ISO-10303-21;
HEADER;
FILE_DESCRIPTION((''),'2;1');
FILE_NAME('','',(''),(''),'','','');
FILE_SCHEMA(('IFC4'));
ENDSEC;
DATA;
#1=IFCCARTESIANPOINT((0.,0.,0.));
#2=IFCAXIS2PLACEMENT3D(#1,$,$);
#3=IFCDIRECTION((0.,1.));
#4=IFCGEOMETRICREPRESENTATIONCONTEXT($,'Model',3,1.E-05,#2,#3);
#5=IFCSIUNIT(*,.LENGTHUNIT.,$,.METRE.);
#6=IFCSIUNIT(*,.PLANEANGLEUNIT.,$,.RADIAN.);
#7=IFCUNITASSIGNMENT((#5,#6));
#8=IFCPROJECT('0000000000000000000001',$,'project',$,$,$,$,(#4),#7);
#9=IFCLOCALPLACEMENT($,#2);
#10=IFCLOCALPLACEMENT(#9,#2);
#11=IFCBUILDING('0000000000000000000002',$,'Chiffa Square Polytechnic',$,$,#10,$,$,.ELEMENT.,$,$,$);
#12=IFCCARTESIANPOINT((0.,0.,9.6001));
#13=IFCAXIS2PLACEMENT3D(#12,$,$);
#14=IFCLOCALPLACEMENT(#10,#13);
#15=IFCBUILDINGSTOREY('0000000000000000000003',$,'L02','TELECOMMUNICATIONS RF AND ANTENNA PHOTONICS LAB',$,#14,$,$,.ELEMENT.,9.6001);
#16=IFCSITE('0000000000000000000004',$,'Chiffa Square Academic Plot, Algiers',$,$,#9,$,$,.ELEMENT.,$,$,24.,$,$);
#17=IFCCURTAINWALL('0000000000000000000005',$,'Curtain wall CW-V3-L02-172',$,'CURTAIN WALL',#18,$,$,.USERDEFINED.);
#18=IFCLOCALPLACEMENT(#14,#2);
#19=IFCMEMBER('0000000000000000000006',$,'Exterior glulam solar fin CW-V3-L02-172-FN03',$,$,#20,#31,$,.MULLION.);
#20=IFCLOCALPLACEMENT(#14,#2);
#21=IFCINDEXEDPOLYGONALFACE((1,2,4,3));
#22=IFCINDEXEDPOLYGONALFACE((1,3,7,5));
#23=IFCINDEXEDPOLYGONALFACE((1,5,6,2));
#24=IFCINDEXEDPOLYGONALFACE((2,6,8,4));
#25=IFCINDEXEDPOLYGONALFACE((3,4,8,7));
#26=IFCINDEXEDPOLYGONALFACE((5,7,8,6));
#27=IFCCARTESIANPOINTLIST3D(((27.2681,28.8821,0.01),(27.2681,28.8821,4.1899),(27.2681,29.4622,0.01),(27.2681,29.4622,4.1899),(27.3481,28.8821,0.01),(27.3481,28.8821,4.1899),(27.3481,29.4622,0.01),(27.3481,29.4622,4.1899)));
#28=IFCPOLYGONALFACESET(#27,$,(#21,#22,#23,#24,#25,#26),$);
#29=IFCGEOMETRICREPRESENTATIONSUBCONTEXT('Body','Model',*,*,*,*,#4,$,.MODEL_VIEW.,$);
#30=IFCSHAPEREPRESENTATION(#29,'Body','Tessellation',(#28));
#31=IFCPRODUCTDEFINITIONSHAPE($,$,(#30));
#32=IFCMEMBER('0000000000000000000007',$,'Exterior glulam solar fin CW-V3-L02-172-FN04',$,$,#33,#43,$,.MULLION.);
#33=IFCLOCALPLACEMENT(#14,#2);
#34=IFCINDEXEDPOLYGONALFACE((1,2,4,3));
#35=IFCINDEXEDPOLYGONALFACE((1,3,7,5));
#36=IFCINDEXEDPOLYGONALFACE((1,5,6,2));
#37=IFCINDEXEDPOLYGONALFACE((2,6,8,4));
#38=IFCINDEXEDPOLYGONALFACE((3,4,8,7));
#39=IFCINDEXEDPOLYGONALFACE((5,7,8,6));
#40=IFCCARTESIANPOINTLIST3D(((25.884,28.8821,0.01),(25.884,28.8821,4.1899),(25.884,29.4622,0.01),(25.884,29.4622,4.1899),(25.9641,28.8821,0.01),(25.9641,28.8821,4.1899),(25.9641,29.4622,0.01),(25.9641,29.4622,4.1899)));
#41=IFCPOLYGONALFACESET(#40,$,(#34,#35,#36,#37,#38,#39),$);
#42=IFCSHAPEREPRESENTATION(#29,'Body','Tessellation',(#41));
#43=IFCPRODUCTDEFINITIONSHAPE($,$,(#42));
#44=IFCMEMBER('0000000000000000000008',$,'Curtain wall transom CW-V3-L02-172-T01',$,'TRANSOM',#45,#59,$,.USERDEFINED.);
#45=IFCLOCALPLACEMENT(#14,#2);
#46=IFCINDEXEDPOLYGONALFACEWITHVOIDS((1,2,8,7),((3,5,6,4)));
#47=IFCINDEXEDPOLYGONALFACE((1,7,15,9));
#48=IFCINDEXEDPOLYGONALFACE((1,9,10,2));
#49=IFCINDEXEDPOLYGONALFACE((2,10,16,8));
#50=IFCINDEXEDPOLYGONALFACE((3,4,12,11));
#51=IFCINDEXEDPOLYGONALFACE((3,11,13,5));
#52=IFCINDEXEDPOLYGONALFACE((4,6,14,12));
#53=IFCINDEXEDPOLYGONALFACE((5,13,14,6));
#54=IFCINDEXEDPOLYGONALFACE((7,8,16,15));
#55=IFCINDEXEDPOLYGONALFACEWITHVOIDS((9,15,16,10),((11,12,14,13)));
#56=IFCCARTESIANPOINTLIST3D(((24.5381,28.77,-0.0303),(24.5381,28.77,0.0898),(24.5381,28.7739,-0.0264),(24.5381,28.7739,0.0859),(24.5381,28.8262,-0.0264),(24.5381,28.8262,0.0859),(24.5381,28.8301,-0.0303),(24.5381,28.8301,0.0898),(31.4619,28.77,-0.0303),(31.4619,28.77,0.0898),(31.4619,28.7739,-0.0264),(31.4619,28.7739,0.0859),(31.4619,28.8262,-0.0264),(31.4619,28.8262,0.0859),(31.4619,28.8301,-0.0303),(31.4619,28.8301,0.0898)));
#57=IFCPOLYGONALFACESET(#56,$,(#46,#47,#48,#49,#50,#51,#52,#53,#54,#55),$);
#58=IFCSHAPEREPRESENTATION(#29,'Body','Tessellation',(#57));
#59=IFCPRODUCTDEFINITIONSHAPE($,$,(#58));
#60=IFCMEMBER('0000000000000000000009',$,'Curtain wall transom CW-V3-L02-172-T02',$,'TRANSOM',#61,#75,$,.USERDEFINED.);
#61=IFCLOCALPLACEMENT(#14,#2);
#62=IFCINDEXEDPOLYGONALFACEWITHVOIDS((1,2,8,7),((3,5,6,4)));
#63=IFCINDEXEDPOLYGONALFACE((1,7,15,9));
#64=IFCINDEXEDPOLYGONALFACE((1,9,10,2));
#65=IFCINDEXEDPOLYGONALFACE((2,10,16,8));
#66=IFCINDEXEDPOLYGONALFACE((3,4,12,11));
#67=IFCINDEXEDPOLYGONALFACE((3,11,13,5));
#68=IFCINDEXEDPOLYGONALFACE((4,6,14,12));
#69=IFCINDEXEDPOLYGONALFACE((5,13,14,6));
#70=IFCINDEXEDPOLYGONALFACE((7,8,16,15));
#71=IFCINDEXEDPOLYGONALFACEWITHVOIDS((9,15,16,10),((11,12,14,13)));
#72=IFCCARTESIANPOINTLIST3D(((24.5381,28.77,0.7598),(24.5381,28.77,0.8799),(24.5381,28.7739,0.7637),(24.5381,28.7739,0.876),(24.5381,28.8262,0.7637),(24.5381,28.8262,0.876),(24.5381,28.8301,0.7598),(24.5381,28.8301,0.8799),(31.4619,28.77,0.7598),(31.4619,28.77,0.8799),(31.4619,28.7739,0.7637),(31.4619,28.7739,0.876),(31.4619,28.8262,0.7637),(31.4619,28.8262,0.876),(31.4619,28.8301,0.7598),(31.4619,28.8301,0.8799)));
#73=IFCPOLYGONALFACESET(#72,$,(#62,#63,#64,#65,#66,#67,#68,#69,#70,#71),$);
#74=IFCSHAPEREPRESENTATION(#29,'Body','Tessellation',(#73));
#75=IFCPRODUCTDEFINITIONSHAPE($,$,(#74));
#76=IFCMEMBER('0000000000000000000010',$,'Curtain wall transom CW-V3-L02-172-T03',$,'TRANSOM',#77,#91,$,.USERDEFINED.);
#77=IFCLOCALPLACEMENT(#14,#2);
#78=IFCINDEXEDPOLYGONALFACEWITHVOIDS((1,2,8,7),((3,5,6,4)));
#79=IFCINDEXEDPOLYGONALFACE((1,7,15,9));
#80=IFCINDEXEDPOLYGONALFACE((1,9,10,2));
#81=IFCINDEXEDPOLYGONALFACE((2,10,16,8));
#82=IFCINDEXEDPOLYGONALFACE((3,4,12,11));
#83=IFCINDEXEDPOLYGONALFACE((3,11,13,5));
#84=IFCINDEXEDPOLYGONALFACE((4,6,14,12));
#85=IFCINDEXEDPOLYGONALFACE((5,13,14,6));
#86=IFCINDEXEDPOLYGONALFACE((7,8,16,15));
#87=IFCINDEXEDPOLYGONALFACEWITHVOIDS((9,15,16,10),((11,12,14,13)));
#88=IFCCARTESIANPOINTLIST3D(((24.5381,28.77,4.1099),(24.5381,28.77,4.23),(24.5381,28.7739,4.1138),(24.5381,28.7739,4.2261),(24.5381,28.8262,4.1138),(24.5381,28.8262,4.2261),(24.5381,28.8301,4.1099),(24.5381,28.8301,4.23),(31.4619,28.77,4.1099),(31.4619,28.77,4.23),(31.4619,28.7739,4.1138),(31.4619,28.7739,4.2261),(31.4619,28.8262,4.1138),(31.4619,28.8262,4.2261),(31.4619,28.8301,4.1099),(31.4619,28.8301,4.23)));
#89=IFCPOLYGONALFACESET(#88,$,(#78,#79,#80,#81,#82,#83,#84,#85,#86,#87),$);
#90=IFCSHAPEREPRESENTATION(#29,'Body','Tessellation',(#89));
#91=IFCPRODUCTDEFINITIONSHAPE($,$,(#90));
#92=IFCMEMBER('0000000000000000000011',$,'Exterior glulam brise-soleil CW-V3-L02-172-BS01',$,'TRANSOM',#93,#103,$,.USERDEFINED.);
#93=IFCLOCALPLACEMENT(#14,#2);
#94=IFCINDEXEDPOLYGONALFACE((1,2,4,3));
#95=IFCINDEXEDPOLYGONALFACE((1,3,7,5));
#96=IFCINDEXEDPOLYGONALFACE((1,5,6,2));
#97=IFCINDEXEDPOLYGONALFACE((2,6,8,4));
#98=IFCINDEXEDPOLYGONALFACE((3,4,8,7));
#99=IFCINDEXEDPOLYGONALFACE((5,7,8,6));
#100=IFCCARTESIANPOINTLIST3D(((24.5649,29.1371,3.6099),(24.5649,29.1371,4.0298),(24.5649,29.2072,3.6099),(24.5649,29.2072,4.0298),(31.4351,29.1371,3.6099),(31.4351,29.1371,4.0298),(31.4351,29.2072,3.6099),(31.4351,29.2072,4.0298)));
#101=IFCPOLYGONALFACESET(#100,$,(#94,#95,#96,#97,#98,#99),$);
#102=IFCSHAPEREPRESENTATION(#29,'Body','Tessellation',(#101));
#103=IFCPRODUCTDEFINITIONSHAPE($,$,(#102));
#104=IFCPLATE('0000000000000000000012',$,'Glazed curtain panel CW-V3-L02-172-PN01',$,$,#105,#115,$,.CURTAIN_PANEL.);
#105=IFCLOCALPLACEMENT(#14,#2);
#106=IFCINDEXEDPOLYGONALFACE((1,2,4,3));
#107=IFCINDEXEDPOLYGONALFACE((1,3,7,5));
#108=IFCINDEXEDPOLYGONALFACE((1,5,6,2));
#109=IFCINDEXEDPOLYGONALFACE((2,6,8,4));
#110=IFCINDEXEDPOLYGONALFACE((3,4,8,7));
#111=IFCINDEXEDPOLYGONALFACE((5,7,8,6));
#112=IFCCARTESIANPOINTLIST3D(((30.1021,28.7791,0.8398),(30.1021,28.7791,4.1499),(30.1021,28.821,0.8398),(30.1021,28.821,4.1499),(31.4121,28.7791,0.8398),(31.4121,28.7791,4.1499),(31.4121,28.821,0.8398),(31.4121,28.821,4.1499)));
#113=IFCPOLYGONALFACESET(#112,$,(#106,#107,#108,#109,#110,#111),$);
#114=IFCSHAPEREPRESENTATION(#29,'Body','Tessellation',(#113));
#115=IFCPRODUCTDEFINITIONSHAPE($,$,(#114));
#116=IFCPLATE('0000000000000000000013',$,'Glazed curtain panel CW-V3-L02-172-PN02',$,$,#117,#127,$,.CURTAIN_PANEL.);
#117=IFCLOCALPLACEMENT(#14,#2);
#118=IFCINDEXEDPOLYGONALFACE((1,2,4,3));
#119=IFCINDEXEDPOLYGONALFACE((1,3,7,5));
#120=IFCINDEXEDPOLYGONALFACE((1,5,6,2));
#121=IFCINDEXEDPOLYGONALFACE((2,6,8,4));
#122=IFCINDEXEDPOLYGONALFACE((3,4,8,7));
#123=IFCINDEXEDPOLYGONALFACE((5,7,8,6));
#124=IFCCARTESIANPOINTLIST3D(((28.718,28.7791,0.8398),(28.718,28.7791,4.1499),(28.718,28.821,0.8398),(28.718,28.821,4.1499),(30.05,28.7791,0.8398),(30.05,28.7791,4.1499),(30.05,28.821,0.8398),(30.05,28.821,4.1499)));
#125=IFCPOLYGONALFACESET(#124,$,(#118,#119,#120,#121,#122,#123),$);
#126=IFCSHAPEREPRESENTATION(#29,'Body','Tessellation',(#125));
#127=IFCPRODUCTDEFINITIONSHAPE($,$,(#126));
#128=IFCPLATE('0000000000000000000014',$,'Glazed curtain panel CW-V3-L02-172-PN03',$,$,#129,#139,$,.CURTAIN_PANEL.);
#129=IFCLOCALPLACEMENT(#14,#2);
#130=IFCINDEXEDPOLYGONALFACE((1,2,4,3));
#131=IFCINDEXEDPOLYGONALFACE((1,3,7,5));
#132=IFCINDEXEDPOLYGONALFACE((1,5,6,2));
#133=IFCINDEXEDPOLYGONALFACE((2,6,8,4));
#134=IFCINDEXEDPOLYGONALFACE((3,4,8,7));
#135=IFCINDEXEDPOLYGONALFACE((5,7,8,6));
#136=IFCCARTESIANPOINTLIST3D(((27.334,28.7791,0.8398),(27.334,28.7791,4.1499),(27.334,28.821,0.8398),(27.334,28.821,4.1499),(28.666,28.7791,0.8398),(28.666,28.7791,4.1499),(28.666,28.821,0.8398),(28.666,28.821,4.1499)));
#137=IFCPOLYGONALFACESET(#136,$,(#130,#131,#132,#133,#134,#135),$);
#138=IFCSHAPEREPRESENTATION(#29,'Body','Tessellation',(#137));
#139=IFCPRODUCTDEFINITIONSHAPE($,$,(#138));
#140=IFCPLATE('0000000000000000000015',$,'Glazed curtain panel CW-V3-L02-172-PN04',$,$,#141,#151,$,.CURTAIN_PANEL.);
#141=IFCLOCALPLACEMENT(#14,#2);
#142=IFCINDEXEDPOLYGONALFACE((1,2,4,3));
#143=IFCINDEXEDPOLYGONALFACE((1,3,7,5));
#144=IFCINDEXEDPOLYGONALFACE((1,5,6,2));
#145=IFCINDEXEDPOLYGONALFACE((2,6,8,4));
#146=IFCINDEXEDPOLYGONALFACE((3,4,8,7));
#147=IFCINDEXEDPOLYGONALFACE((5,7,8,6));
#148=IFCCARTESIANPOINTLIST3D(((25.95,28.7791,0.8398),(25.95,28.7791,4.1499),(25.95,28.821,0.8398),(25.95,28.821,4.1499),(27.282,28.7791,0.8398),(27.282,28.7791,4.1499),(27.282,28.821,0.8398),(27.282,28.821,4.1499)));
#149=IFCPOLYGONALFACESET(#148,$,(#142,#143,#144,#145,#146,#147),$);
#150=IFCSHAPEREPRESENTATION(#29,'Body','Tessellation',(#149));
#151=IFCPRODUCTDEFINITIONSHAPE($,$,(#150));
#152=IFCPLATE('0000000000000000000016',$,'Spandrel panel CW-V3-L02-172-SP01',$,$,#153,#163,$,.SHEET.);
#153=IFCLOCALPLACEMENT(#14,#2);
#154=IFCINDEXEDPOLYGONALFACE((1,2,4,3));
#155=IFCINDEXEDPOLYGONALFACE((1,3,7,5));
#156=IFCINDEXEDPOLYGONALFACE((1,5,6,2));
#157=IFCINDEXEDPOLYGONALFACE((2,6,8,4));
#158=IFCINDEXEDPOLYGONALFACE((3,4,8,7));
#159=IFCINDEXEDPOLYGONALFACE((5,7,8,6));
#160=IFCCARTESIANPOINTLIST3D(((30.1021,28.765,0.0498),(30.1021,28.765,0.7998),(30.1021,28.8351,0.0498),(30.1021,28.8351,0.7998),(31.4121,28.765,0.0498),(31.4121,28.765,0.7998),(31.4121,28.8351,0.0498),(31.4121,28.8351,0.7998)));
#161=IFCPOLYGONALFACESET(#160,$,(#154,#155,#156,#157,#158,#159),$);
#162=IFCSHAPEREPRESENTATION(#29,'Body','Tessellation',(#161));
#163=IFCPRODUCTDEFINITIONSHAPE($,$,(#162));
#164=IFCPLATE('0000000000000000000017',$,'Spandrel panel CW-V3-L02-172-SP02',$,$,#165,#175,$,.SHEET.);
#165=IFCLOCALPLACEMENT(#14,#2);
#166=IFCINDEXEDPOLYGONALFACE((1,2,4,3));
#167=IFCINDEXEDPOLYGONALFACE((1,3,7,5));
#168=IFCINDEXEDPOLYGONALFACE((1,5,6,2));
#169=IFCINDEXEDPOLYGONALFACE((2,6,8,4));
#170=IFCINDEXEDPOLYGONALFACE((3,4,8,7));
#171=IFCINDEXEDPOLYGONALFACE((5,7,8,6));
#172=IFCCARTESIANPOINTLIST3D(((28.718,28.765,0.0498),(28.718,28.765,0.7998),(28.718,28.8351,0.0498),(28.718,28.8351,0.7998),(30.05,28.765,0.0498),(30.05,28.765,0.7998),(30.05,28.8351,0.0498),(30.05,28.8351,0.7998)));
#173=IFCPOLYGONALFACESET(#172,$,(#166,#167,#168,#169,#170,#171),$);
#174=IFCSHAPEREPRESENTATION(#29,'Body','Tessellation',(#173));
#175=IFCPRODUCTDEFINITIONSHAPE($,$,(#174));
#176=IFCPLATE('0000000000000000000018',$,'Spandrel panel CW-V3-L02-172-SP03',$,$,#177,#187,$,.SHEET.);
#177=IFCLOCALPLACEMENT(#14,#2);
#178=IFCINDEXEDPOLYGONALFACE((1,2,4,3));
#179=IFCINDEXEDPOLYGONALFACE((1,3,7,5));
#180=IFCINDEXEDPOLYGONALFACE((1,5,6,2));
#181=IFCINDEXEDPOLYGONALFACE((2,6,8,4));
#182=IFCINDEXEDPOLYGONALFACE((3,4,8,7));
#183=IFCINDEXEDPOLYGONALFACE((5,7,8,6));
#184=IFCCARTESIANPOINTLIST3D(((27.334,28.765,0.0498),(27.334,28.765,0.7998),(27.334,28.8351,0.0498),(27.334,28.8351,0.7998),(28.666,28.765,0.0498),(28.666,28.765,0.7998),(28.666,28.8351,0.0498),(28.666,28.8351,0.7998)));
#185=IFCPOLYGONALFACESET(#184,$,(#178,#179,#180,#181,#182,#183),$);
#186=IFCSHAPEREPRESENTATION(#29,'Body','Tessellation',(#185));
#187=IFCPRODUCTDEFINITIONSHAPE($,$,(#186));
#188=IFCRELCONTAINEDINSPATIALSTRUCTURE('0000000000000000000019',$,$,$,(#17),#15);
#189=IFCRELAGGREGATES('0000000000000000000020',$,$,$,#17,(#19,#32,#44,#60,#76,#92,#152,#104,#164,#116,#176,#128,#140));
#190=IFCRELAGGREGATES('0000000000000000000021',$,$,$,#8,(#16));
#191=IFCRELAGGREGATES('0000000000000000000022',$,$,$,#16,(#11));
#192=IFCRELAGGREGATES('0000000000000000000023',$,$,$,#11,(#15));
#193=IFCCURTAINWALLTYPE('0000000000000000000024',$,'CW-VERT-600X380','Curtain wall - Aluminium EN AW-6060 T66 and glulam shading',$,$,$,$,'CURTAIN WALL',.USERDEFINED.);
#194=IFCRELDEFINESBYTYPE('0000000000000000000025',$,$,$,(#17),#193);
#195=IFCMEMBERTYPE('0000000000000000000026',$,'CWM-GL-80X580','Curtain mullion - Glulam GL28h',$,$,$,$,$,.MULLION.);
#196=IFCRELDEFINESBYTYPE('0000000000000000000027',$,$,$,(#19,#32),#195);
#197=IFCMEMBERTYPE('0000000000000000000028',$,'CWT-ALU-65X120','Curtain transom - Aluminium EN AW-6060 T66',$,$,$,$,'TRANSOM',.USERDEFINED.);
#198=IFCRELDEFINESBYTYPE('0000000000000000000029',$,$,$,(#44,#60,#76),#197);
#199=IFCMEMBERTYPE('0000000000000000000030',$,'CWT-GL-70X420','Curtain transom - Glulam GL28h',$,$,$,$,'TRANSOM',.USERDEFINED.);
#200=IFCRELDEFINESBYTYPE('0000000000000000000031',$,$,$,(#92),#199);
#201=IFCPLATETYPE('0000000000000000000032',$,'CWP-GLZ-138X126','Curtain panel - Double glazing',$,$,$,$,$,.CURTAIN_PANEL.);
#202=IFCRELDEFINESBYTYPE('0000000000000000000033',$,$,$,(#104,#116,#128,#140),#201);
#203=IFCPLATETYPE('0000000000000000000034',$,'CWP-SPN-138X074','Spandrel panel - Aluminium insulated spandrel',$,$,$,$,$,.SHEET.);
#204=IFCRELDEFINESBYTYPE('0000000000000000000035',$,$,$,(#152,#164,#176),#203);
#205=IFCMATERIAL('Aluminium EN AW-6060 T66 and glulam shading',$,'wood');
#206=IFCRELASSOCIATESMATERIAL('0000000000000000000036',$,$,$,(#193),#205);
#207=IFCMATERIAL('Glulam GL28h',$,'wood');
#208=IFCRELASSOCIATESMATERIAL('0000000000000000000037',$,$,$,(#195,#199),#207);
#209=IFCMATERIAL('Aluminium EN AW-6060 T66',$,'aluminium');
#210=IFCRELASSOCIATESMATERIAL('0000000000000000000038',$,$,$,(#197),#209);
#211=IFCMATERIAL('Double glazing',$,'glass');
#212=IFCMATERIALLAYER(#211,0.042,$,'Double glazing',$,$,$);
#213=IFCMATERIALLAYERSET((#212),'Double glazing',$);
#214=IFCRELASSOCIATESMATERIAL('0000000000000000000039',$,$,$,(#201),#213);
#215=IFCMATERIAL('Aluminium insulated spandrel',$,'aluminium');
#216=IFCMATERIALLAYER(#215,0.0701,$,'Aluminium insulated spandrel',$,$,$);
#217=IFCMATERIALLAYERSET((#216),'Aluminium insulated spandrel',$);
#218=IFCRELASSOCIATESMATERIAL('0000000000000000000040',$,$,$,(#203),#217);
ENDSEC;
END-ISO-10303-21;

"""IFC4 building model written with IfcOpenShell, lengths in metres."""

from ifc_helpers import new_model, si_unit, direction, frame, origin, origin_2d, place, context, subcontext, project, spatial, rectangle, hollow_rectangle, extrude, material, layer, layer_set, material_profile, profile_set, type_object, element, aggregate, save


model = new_model("IFC4")

# Units and contexts
model_context = context("Model", 3, precision=1e-05, world=origin(), true_north=direction((0.0, 1.0)))
body_context = subcontext(model_context, "Body", "Model", "MODEL_VIEW")
ifc_project = project(units=[si_unit("LENGTHUNIT", "METRE"), si_unit("PLANEANGLEUNIT", "RADIAN")], contexts=[model_context])

# Site, building, storey
site_placement = place(None, origin())
site = spatial("IfcSite", under=ifc_project, at=site_placement, Name="Chiffa Square Academic Plot, Algiers", CompositionType="ELEMENT", RefElevation=24.0)
building_placement = place(site_placement, origin())
building = spatial("IfcBuilding", under=site, at=building_placement, Name="Chiffa Square Polytechnic", CompositionType="ELEMENT")
storey_placement = place(building_placement, frame((0.0, 0.0, 9.6001)))
storey = spatial("IfcBuildingStorey", under=building, at=storey_placement, Name="L02", Description="TELECOMMUNICATIONS RF AND ANTENNA PHOTONICS LAB", CompositionType="ELEMENT", Elevation=9.6001)

# Curtain wall, members, plates
ifc_material_1 = material(Name="Aluminium EN AW-6060 T66 and glulam shading", Category="wood")
curtain_wall_type = type_object("IfcCurtainWallType", Name="CW-VERT-600X380", Description="Curtain wall - Aluminium EN AW-6060 T66 and glulam shading", ElementType="CURTAIN WALL", PredefinedType="USERDEFINED", material=ifc_material_1)
curtain_wall_placement = place(storey_placement, origin())
curtain_wall = element("IfcCurtainWall", 1, at=curtain_wall_placement, inside=storey, type_object=curtain_wall_type, Name="Curtain wall CW-V3-L02-172", ObjectType="CURTAIN WALL", PredefinedType="USERDEFINED")
ifc_material_2 = material(Name="Aluminium EN AW-6060 T66", Category="aluminium")
ifc_material_3 = material(Name="Glulam GL28h", Category="wood")
ifc_material_profile_1 = material_profile(ifc_material_3, rectangle(XDim=0.0801, YDim=0.5801, at=origin_2d()), Name="GL28h 80x580")
ifc_profile_set_1 = profile_set([ifc_material_profile_1], Name="Glulam GL28h")
member_type_1 = type_object("IfcMemberType", Name="CWM-GL-80X580", Description="Curtain mullion - Glulam GL28h", PredefinedType="MULLION", material=ifc_profile_set_1)
member_1_placement = place(storey_placement, frame((27.3081, 29.1721, 0.01), z_axis=(0.0, 0.0, 1.0), x_axis=(-1.0, 0.0, 0.0)))
member_1 = element("IfcMember", 2, at=member_1_placement, type_object=member_type_1, Name="Exterior glulam solar fin CW-V3-L02-172-FN03", PredefinedType="MULLION", context=body_context, shape_type="SweptSolid", body=[
    extrude(rectangle(XDim=0.0801, YDim=0.5801, at=origin_2d()), origin(), (0.0, 0.0, 1.0), 4.1799),
])
member_2_placement = place(storey_placement, frame((25.9241, 29.1721, 0.01), z_axis=(0.0, 0.0, 1.0), x_axis=(-1.0, 0.0, 0.0)))
member_2 = element("IfcMember", 3, at=member_2_placement, type_object=member_type_1, Name="Exterior glulam solar fin CW-V3-L02-172-FN04", PredefinedType="MULLION", context=body_context, shape_type="SweptSolid", body=[
    extrude(rectangle(XDim=0.0801, YDim=0.5801, at=origin_2d()), origin(), (0.0, 0.0, 1.0), 4.1799),
])
ifc_material_profile_2 = material_profile(ifc_material_2, hollow_rectangle(XDim=0.0601, YDim=0.1201, WallThickness=0.0039, at=origin_2d()), Name="ALU 60x120x4")
ifc_profile_set_2 = profile_set([ifc_material_profile_2], Name="Aluminium EN AW-6060 T66")
member_type_2 = type_object("IfcMemberType", Name="CWT-ALU-65X120", Description="Curtain transom - Aluminium EN AW-6060 T66", ElementType="TRANSOM", PredefinedType="USERDEFINED", material=ifc_profile_set_2)
member_3_placement = place(storey_placement, frame((31.4619, 28.8, 0.0298), z_axis=(-1.0, 0.0, 0.0), x_axis=(0.0, -1.0, 0.0)))
member_3 = element("IfcMember", 4, at=member_3_placement, type_object=member_type_2, Name="Curtain wall transom CW-V3-L02-172-T01", ObjectType="TRANSOM", PredefinedType="USERDEFINED", context=body_context, shape_type="SweptSolid", body=[
    extrude(hollow_rectangle(XDim=0.0601, YDim=0.1201, WallThickness=0.0039, at=origin_2d()), origin(), (0.0, 0.0, 1.0), 6.9238),
])
member_4_placement = place(storey_placement, frame((31.4619, 28.8, 0.8198), z_axis=(-1.0, 0.0, 0.0), x_axis=(0.0, -1.0, 0.0)))
member_4 = element("IfcMember", 5, at=member_4_placement, type_object=member_type_2, Name="Curtain wall transom CW-V3-L02-172-T02", ObjectType="TRANSOM", PredefinedType="USERDEFINED", context=body_context, shape_type="SweptSolid", body=[
    extrude(hollow_rectangle(XDim=0.0601, YDim=0.1201, WallThickness=0.0039, at=origin_2d()), origin(), (0.0, 0.0, 1.0), 6.9238),
])
member_5_placement = place(storey_placement, frame((31.4619, 28.8, 4.1699), z_axis=(-1.0, 0.0, 0.0), x_axis=(0.0, -1.0, 0.0)))
member_5 = element("IfcMember", 6, at=member_5_placement, type_object=member_type_2, Name="Curtain wall transom CW-V3-L02-172-T03", ObjectType="TRANSOM", PredefinedType="USERDEFINED", context=body_context, shape_type="SweptSolid", body=[
    extrude(hollow_rectangle(XDim=0.0601, YDim=0.1201, WallThickness=0.0039, at=origin_2d()), origin(), (0.0, 0.0, 1.0), 6.9238),
])
ifc_material_profile_3 = material_profile(ifc_material_3, rectangle(XDim=0.0701, YDim=0.4199, at=origin_2d()), Name="GL28h 70x420")
ifc_profile_set_3 = profile_set([ifc_material_profile_3], Name="Glulam GL28h")
member_type_3 = type_object("IfcMemberType", Name="CWT-GL-70X420", Description="Curtain transom - Glulam GL28h", ElementType="TRANSOM", PredefinedType="USERDEFINED", material=ifc_profile_set_3)
member_6_placement = place(storey_placement, frame((31.4351, 29.1721, 3.8198), z_axis=(-1.0, 0.0, 0.0), x_axis=(0.0, -1.0, 0.0)))
member_6 = element("IfcMember", 7, at=member_6_placement, type_object=member_type_3, Name="Exterior glulam brise-soleil CW-V3-L02-172-BS01", ObjectType="TRANSOM", PredefinedType="USERDEFINED", context=body_context, shape_type="SweptSolid", body=[
    extrude(rectangle(XDim=0.0701, YDim=0.4199, at=origin_2d()), origin(), (0.0, 0.0, 1.0), 6.8701),
])
ifc_material_4 = material(Name="Double glazing", Category="glass")
ifc_layer_1 = layer(ifc_material_4, 0.042, Name="Double glazing")
ifc_layer_set_1 = layer_set([ifc_layer_1], Name="Double glazing")
plate_type_1 = type_object("IfcPlateType", Name="CWP-GLZ-138X126", Description="Curtain panel - Double glazing", PredefinedType="CURTAIN_PANEL", material=ifc_layer_set_1)
plate_1_placement = place(storey_placement, frame((30.7571, 28.8, 0.8398), z_axis=(0.0, 0.0, 1.0), x_axis=(-1.0, 0.0, 0.0)))
plate_1 = element("IfcPlate", 8, at=plate_1_placement, type_object=plate_type_1, Name="Glazed curtain panel CW-V3-L02-172-PN01", PredefinedType="CURTAIN_PANEL", context=body_context, shape_type="SweptSolid", body=[
    extrude(rectangle(XDim=1.3101, YDim=0.042, at=origin_2d()), origin(), (0.0, 0.0, 1.0), 3.3101),
])
plate_2_placement = place(storey_placement, frame((29.384, 28.8, 0.8398), z_axis=(0.0, 0.0, 1.0), x_axis=(-1.0, 0.0, 0.0)))
plate_2 = element("IfcPlate", 9, at=plate_2_placement, type_object=plate_type_1, Name="Glazed curtain panel CW-V3-L02-172-PN02", PredefinedType="CURTAIN_PANEL", context=body_context, shape_type="SweptSolid", body=[
    extrude(rectangle(XDim=1.332, YDim=0.042, at=origin_2d()), origin(), (0.0, 0.0, 1.0), 3.3101),
])
plate_3_placement = place(storey_placement, frame((28.0, 28.8, 0.8398), z_axis=(0.0, 0.0, 1.0), x_axis=(-1.0, 0.0, 0.0)))
plate_3 = element("IfcPlate", 10, at=plate_3_placement, type_object=plate_type_1, Name="Glazed curtain panel CW-V3-L02-172-PN03", PredefinedType="CURTAIN_PANEL", context=body_context, shape_type="SweptSolid", body=[
    extrude(rectangle(XDim=1.332, YDim=0.042, at=origin_2d()), origin(), (0.0, 0.0, 1.0), 3.3101),
])
plate_4_placement = place(storey_placement, frame((26.616, 28.8, 0.8398), z_axis=(0.0, 0.0, 1.0), x_axis=(-1.0, 0.0, 0.0)))
plate_4 = element("IfcPlate", 11, at=plate_4_placement, type_object=plate_type_1, Name="Glazed curtain panel CW-V3-L02-172-PN04", PredefinedType="CURTAIN_PANEL", context=body_context, shape_type="SweptSolid", body=[
    extrude(rectangle(XDim=1.332, YDim=0.042, at=origin_2d()), origin(), (0.0, 0.0, 1.0), 3.3101),
])
ifc_material_5 = material(Name="Aluminium insulated spandrel", Category="aluminium")
ifc_layer_2 = layer(ifc_material_5, 0.0701, Name="Aluminium insulated spandrel")
ifc_layer_set_2 = layer_set([ifc_layer_2], Name="Aluminium insulated spandrel")
plate_type_2 = type_object("IfcPlateType", Name="CWP-SPN-138X074", Description="Spandrel panel - Aluminium insulated spandrel", PredefinedType="SHEET", material=ifc_layer_set_2)
plate_5_placement = place(storey_placement, frame((30.7571, 28.8, 0.0498), z_axis=(0.0, 0.0, 1.0), x_axis=(-1.0, 0.0, 0.0)))
plate_5 = element("IfcPlate", 12, at=plate_5_placement, type_object=plate_type_2, Name="Spandrel panel CW-V3-L02-172-SP01", PredefinedType="SHEET", context=body_context, shape_type="SweptSolid", body=[
    extrude(rectangle(XDim=1.3101, YDim=0.0701, at=origin_2d()), origin(), (0.0, 0.0, 1.0), 0.75),
])
plate_6_placement = place(storey_placement, frame((29.384, 28.8, 0.0498), z_axis=(0.0, 0.0, 1.0), x_axis=(-1.0, 0.0, 0.0)))
plate_6 = element("IfcPlate", 13, at=plate_6_placement, type_object=plate_type_2, Name="Spandrel panel CW-V3-L02-172-SP02", PredefinedType="SHEET", context=body_context, shape_type="SweptSolid", body=[
    extrude(rectangle(XDim=1.332, YDim=0.0701, at=origin_2d()), origin(), (0.0, 0.0, 1.0), 0.75),
])
plate_7_placement = place(storey_placement, frame((28.0, 28.8, 0.0498), z_axis=(0.0, 0.0, 1.0), x_axis=(-1.0, 0.0, 0.0)))
plate_7 = element("IfcPlate", 14, at=plate_7_placement, type_object=plate_type_2, Name="Spandrel panel CW-V3-L02-172-SP03", PredefinedType="SHEET", context=body_context, shape_type="SweptSolid", body=[
    extrude(rectangle(XDim=1.332, YDim=0.0701, at=origin_2d()), origin(), (0.0, 0.0, 1.0), 0.75),
])
aggregate(curtain_wall, [member_1, member_2, member_3, member_4, member_5, member_6, plate_5, plate_1, plate_6, plate_2, plate_7, plate_3, plate_4])

save(model, "model.ifc")
